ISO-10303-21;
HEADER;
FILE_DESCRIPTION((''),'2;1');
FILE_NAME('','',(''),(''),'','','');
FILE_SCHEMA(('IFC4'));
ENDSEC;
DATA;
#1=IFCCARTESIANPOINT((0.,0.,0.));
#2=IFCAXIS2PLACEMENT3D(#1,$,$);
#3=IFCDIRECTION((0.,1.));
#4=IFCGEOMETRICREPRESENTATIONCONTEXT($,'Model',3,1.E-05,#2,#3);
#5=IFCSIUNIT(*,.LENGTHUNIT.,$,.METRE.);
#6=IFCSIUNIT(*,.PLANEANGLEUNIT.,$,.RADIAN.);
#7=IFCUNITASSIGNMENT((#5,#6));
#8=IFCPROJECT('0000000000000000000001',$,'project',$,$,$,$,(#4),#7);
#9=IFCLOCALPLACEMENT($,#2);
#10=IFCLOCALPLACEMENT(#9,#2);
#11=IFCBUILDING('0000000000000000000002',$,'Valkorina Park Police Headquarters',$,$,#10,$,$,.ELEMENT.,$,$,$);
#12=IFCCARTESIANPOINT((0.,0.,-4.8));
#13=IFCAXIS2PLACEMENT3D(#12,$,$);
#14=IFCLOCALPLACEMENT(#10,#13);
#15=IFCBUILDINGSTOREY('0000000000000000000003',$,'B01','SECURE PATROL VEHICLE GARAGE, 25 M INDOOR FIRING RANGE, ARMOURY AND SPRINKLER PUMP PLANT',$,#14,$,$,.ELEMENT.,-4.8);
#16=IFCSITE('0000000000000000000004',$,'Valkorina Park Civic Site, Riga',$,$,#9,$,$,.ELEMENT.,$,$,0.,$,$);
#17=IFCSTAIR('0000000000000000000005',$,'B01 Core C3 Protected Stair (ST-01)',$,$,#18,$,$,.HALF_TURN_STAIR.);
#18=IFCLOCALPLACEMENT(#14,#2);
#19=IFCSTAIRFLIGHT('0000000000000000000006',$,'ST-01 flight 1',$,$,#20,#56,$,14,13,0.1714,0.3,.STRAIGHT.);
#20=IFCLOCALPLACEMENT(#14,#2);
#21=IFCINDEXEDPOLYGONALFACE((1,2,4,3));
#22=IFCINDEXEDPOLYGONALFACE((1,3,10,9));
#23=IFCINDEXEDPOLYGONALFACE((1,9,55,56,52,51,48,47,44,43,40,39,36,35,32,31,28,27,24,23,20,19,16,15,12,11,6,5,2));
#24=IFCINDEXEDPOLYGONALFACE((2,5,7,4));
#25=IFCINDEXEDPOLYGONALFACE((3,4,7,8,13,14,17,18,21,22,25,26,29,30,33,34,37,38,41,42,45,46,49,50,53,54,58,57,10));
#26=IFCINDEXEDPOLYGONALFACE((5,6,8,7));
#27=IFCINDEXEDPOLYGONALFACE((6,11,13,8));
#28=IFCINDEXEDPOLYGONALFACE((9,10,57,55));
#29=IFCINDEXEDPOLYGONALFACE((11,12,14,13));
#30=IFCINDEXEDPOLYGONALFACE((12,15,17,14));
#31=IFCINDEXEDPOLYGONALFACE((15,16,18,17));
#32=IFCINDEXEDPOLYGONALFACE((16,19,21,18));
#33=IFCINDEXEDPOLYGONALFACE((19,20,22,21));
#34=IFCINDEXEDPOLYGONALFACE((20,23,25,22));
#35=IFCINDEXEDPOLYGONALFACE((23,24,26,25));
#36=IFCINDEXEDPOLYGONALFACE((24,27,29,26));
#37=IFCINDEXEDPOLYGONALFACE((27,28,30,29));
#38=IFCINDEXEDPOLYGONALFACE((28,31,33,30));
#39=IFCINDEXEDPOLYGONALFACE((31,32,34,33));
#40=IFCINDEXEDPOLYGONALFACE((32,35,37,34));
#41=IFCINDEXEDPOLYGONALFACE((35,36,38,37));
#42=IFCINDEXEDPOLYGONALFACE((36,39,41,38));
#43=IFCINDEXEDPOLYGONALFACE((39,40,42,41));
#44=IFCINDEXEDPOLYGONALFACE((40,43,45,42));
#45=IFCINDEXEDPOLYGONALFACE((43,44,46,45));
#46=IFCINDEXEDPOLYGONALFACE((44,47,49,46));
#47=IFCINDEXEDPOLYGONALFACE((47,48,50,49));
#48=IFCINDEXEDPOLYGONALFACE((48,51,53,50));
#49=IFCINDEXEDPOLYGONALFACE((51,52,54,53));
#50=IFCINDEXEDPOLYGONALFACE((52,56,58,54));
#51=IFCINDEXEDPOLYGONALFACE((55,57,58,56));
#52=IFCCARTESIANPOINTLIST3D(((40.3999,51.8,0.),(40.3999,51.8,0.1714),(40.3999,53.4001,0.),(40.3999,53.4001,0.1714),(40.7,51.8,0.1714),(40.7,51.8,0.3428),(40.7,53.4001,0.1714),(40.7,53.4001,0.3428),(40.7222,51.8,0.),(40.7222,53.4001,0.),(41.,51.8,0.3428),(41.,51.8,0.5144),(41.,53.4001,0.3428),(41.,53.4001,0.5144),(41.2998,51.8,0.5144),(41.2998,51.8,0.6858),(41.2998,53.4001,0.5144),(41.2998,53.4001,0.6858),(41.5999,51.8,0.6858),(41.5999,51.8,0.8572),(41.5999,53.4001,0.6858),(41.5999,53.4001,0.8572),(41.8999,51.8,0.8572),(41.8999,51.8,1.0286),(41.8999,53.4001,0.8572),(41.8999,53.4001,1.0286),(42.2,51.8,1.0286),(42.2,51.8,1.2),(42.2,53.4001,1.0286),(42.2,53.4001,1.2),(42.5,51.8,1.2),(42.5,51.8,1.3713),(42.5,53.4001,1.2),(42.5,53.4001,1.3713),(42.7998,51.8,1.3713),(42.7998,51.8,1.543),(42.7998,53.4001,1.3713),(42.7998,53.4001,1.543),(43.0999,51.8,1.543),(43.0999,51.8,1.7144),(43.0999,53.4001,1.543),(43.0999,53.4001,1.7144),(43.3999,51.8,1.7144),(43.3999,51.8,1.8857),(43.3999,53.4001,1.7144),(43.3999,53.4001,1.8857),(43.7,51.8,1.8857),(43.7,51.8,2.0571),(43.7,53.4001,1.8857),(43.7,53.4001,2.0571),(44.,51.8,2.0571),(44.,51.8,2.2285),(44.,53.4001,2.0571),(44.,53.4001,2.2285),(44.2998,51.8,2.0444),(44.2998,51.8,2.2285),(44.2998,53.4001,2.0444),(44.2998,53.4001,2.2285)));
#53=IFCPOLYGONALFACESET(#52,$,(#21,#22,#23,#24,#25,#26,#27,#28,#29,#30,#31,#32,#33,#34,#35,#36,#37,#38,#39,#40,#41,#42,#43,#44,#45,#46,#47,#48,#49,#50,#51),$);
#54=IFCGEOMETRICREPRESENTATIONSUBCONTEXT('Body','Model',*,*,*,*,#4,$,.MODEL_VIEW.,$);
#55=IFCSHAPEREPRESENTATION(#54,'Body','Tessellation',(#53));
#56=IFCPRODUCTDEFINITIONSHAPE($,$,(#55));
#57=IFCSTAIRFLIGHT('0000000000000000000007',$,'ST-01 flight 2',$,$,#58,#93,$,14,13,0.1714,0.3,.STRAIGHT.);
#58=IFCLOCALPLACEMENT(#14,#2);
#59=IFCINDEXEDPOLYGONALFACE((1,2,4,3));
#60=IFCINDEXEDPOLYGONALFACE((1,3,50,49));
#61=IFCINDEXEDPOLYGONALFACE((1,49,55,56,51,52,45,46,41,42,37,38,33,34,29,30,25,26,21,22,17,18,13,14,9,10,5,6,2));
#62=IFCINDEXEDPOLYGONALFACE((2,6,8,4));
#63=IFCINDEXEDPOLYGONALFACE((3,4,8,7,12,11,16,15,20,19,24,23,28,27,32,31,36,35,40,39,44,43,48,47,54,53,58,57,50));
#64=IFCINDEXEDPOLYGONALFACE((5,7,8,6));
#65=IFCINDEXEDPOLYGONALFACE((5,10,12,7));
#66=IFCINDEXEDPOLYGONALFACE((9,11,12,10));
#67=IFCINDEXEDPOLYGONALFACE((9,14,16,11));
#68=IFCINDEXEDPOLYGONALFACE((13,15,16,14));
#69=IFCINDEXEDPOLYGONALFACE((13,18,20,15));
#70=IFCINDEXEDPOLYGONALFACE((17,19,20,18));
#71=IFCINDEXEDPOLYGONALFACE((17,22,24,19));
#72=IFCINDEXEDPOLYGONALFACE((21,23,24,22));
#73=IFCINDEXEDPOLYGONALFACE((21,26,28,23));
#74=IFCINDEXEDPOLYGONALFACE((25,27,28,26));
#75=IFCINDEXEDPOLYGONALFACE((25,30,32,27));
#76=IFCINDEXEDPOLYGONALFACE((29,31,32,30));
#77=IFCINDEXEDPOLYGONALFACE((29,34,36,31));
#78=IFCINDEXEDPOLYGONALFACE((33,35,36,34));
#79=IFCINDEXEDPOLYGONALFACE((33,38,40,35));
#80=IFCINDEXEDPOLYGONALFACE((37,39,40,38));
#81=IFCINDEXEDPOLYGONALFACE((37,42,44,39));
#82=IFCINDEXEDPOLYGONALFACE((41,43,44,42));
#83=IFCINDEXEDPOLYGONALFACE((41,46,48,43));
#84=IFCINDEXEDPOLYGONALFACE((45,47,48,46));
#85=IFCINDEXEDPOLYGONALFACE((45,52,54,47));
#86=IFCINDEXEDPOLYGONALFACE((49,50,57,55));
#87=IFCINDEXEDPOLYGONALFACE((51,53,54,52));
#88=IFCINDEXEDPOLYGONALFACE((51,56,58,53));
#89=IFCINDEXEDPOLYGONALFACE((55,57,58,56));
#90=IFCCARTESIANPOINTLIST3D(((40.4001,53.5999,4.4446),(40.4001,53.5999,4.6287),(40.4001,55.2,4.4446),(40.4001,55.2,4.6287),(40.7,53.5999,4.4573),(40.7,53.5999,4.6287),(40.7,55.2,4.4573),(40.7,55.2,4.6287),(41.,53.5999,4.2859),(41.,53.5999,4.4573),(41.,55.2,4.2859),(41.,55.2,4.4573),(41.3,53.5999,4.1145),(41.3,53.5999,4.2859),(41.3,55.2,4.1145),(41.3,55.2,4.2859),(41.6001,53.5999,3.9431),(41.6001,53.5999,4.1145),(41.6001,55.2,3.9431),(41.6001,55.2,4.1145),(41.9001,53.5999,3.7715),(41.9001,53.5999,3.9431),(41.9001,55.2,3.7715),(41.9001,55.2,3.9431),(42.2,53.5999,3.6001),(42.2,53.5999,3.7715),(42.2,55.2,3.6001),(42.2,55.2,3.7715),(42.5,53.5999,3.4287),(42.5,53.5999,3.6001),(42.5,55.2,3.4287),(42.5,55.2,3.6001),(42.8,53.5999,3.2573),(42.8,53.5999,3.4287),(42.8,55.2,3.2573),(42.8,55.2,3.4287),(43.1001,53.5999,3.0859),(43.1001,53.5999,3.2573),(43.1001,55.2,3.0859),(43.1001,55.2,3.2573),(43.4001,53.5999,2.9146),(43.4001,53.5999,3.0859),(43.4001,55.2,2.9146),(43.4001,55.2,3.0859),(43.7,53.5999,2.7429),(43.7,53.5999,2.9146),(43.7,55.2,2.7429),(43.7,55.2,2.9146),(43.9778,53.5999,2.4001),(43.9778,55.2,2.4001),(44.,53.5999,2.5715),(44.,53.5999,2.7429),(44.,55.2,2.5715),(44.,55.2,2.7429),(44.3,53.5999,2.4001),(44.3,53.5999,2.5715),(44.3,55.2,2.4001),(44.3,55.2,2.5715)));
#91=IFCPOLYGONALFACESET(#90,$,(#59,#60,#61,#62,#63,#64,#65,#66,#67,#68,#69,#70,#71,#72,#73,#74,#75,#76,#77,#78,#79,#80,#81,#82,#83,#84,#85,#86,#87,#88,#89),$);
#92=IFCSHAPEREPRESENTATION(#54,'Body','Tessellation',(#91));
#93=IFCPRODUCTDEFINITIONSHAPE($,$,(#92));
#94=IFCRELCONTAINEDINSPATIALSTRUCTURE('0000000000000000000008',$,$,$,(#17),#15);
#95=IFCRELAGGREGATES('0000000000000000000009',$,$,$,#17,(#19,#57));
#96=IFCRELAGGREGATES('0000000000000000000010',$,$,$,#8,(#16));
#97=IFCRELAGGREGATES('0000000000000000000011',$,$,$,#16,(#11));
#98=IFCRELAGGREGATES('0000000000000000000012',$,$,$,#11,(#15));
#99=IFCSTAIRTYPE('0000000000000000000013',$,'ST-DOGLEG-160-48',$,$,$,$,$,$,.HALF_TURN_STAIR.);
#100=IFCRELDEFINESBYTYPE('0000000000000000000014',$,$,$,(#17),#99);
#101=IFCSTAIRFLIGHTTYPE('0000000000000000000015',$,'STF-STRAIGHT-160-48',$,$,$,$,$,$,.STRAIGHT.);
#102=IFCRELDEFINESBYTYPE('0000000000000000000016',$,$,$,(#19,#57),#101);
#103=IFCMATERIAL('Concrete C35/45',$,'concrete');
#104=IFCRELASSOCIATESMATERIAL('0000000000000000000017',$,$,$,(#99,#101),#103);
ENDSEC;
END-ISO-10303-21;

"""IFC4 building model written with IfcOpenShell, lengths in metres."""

from ifc_helpers import new_model, si_unit, direction, frame, origin, place, context, subcontext, project, spatial, polyline, outline, extrude, material, type_object, element, aggregate, save


model = new_model("IFC4")

# Units and contexts
model_context = context("Model", 3, precision=1e-05, world=origin(), true_north=direction((0.0, 1.0)))
body_context = subcontext(model_context, "Body", "Model", "MODEL_VIEW")
ifc_project = project(units=[si_unit("LENGTHUNIT", "METRE"), si_unit("PLANEANGLEUNIT", "RADIAN")], contexts=[model_context])

# Site, building, storey
site_placement = place(None, origin())
site = spatial("IfcSite", under=ifc_project, at=site_placement, Name="Valkorina Park Civic Site, Riga", CompositionType="ELEMENT", RefElevation=0.0)
building_placement = place(site_placement, origin())
building = spatial("IfcBuilding", under=site, at=building_placement, Name="Valkorina Park Police Headquarters", CompositionType="ELEMENT")
storey_placement = place(building_placement, frame((0.0, 0.0, -4.8)))
storey = spatial("IfcBuildingStorey", under=building, at=storey_placement, Name="B01", Description="SECURE PATROL VEHICLE GARAGE, 25 M INDOOR FIRING RANGE, ARMOURY AND SPRINKLER PUMP PLANT", CompositionType="ELEMENT", Elevation=-4.8)

# Shared definitions
ifc_material_1 = material(Name="Concrete C35/45", Category="concrete")

# Stair, stair flights
stair_type = type_object("IfcStairType", Name="ST-DOGLEG-160-48", PredefinedType="HALF_TURN_STAIR", material=ifc_material_1)
stair_placement = place(storey_placement, origin())
stair = element("IfcStair", 1, at=stair_placement, inside=storey, type_object=stair_type, Name="B01 Core C3 Protected Stair (ST-01)", PredefinedType="HALF_TURN_STAIR")
stair_flight_type = type_object("IfcStairFlightType", Name="STF-STRAIGHT-160-48", PredefinedType="STRAIGHT", material=ifc_material_1)
stair_flight_1_placement = place(storey_placement, frame((40.3999, 52.6001, 0.0), z_axis=(0.0, 0.0, 1.0), x_axis=(1.0, 0.0, 0.0)))
stair_flight_1 = element("IfcStairFlight", 2, at=stair_flight_1_placement, type_object=stair_flight_type, Name="ST-01 flight 1", NumberOfRisers=14, NumberOfTreads=13, PredefinedType="STRAIGHT", RiserHeight=0.1714, TreadLength=0.3, context=body_context, shape_type="SweptSolid", body=[
    extrude(outline(polyline([(0.0, 0.0), (0.0, 0.1714), (0.3, 0.1714), (0.3, 0.3428), (0.6001, 0.3428), (0.6001, 0.5144), (0.8999, 0.5144), (0.8999, 0.6858), (1.2, 0.6858), (1.2, 0.8572), (1.5, 0.8572), (1.5, 1.0286), (1.8, 1.0286), (1.8, 1.2), (2.1001, 1.2), (2.1001, 1.3713), (2.3999, 1.3713), (2.3999, 1.543), (2.7, 1.543), (2.7, 1.7144), (3.0, 1.7144), (3.0, 1.8857), (3.3, 1.8857), (3.3, 2.0571), (3.6001, 2.0571), (3.6001, 2.2285), (3.8999, 2.2285), (3.8999, 2.3999), (3.8999, 2.0444), (0.3223, 0.0), (0.0, 0.0)])), frame((0.0, 0.8, 0.0), z_axis=(0.0, -1.0, 0.0), x_axis=(1.0, 0.0, 0.0)), (0.0, 0.0, 1.0), 1.6001),
])
stair_flight_2_placement = place(storey_placement, frame((44.3, 54.3999, 2.4001), z_axis=(0.0, 0.0, 1.0), x_axis=(-1.0, 0.0, 0.0)))
stair_flight_2 = element("IfcStairFlight", 3, at=stair_flight_2_placement, type_object=stair_flight_type, Name="ST-01 flight 2", NumberOfRisers=14, NumberOfTreads=13, PredefinedType="STRAIGHT", RiserHeight=0.1714, TreadLength=0.3, context=body_context, shape_type="SweptSolid", body=[
    extrude(outline(polyline([(0.0, 0.0), (0.0, 0.1714), (0.3, 0.1714), (0.3, 0.3428), (0.6001, 0.3428), (0.6001, 0.5144), (0.8999, 0.5144), (0.8999, 0.6858), (1.2, 0.6858), (1.2, 0.8572), (1.5, 0.8572), (1.5, 1.0286), (1.8, 1.0286), (1.8, 1.2), (2.1001, 1.2), (2.1001, 1.3713), (2.3999, 1.3713), (2.3999, 1.543), (2.7, 1.543), (2.7, 1.7144), (3.0, 1.7144), (3.0, 1.8857), (3.3, 1.8857), (3.3, 2.0571), (3.6001, 2.0571), (3.6001, 2.2285), (3.8999, 2.2285), (3.8999, 2.3999), (3.8999, 2.0444), (0.3223, 0.0), (0.0, 0.0)])), frame((0.0, 0.8, 0.0), z_axis=(0.0, -1.0, 0.0), x_axis=(1.0, 0.0, 0.0)), (0.0, 0.0, 1.0), 1.6001),
])
aggregate(stair, [stair_flight_1, stair_flight_2])

save(model, "model.ifc")
